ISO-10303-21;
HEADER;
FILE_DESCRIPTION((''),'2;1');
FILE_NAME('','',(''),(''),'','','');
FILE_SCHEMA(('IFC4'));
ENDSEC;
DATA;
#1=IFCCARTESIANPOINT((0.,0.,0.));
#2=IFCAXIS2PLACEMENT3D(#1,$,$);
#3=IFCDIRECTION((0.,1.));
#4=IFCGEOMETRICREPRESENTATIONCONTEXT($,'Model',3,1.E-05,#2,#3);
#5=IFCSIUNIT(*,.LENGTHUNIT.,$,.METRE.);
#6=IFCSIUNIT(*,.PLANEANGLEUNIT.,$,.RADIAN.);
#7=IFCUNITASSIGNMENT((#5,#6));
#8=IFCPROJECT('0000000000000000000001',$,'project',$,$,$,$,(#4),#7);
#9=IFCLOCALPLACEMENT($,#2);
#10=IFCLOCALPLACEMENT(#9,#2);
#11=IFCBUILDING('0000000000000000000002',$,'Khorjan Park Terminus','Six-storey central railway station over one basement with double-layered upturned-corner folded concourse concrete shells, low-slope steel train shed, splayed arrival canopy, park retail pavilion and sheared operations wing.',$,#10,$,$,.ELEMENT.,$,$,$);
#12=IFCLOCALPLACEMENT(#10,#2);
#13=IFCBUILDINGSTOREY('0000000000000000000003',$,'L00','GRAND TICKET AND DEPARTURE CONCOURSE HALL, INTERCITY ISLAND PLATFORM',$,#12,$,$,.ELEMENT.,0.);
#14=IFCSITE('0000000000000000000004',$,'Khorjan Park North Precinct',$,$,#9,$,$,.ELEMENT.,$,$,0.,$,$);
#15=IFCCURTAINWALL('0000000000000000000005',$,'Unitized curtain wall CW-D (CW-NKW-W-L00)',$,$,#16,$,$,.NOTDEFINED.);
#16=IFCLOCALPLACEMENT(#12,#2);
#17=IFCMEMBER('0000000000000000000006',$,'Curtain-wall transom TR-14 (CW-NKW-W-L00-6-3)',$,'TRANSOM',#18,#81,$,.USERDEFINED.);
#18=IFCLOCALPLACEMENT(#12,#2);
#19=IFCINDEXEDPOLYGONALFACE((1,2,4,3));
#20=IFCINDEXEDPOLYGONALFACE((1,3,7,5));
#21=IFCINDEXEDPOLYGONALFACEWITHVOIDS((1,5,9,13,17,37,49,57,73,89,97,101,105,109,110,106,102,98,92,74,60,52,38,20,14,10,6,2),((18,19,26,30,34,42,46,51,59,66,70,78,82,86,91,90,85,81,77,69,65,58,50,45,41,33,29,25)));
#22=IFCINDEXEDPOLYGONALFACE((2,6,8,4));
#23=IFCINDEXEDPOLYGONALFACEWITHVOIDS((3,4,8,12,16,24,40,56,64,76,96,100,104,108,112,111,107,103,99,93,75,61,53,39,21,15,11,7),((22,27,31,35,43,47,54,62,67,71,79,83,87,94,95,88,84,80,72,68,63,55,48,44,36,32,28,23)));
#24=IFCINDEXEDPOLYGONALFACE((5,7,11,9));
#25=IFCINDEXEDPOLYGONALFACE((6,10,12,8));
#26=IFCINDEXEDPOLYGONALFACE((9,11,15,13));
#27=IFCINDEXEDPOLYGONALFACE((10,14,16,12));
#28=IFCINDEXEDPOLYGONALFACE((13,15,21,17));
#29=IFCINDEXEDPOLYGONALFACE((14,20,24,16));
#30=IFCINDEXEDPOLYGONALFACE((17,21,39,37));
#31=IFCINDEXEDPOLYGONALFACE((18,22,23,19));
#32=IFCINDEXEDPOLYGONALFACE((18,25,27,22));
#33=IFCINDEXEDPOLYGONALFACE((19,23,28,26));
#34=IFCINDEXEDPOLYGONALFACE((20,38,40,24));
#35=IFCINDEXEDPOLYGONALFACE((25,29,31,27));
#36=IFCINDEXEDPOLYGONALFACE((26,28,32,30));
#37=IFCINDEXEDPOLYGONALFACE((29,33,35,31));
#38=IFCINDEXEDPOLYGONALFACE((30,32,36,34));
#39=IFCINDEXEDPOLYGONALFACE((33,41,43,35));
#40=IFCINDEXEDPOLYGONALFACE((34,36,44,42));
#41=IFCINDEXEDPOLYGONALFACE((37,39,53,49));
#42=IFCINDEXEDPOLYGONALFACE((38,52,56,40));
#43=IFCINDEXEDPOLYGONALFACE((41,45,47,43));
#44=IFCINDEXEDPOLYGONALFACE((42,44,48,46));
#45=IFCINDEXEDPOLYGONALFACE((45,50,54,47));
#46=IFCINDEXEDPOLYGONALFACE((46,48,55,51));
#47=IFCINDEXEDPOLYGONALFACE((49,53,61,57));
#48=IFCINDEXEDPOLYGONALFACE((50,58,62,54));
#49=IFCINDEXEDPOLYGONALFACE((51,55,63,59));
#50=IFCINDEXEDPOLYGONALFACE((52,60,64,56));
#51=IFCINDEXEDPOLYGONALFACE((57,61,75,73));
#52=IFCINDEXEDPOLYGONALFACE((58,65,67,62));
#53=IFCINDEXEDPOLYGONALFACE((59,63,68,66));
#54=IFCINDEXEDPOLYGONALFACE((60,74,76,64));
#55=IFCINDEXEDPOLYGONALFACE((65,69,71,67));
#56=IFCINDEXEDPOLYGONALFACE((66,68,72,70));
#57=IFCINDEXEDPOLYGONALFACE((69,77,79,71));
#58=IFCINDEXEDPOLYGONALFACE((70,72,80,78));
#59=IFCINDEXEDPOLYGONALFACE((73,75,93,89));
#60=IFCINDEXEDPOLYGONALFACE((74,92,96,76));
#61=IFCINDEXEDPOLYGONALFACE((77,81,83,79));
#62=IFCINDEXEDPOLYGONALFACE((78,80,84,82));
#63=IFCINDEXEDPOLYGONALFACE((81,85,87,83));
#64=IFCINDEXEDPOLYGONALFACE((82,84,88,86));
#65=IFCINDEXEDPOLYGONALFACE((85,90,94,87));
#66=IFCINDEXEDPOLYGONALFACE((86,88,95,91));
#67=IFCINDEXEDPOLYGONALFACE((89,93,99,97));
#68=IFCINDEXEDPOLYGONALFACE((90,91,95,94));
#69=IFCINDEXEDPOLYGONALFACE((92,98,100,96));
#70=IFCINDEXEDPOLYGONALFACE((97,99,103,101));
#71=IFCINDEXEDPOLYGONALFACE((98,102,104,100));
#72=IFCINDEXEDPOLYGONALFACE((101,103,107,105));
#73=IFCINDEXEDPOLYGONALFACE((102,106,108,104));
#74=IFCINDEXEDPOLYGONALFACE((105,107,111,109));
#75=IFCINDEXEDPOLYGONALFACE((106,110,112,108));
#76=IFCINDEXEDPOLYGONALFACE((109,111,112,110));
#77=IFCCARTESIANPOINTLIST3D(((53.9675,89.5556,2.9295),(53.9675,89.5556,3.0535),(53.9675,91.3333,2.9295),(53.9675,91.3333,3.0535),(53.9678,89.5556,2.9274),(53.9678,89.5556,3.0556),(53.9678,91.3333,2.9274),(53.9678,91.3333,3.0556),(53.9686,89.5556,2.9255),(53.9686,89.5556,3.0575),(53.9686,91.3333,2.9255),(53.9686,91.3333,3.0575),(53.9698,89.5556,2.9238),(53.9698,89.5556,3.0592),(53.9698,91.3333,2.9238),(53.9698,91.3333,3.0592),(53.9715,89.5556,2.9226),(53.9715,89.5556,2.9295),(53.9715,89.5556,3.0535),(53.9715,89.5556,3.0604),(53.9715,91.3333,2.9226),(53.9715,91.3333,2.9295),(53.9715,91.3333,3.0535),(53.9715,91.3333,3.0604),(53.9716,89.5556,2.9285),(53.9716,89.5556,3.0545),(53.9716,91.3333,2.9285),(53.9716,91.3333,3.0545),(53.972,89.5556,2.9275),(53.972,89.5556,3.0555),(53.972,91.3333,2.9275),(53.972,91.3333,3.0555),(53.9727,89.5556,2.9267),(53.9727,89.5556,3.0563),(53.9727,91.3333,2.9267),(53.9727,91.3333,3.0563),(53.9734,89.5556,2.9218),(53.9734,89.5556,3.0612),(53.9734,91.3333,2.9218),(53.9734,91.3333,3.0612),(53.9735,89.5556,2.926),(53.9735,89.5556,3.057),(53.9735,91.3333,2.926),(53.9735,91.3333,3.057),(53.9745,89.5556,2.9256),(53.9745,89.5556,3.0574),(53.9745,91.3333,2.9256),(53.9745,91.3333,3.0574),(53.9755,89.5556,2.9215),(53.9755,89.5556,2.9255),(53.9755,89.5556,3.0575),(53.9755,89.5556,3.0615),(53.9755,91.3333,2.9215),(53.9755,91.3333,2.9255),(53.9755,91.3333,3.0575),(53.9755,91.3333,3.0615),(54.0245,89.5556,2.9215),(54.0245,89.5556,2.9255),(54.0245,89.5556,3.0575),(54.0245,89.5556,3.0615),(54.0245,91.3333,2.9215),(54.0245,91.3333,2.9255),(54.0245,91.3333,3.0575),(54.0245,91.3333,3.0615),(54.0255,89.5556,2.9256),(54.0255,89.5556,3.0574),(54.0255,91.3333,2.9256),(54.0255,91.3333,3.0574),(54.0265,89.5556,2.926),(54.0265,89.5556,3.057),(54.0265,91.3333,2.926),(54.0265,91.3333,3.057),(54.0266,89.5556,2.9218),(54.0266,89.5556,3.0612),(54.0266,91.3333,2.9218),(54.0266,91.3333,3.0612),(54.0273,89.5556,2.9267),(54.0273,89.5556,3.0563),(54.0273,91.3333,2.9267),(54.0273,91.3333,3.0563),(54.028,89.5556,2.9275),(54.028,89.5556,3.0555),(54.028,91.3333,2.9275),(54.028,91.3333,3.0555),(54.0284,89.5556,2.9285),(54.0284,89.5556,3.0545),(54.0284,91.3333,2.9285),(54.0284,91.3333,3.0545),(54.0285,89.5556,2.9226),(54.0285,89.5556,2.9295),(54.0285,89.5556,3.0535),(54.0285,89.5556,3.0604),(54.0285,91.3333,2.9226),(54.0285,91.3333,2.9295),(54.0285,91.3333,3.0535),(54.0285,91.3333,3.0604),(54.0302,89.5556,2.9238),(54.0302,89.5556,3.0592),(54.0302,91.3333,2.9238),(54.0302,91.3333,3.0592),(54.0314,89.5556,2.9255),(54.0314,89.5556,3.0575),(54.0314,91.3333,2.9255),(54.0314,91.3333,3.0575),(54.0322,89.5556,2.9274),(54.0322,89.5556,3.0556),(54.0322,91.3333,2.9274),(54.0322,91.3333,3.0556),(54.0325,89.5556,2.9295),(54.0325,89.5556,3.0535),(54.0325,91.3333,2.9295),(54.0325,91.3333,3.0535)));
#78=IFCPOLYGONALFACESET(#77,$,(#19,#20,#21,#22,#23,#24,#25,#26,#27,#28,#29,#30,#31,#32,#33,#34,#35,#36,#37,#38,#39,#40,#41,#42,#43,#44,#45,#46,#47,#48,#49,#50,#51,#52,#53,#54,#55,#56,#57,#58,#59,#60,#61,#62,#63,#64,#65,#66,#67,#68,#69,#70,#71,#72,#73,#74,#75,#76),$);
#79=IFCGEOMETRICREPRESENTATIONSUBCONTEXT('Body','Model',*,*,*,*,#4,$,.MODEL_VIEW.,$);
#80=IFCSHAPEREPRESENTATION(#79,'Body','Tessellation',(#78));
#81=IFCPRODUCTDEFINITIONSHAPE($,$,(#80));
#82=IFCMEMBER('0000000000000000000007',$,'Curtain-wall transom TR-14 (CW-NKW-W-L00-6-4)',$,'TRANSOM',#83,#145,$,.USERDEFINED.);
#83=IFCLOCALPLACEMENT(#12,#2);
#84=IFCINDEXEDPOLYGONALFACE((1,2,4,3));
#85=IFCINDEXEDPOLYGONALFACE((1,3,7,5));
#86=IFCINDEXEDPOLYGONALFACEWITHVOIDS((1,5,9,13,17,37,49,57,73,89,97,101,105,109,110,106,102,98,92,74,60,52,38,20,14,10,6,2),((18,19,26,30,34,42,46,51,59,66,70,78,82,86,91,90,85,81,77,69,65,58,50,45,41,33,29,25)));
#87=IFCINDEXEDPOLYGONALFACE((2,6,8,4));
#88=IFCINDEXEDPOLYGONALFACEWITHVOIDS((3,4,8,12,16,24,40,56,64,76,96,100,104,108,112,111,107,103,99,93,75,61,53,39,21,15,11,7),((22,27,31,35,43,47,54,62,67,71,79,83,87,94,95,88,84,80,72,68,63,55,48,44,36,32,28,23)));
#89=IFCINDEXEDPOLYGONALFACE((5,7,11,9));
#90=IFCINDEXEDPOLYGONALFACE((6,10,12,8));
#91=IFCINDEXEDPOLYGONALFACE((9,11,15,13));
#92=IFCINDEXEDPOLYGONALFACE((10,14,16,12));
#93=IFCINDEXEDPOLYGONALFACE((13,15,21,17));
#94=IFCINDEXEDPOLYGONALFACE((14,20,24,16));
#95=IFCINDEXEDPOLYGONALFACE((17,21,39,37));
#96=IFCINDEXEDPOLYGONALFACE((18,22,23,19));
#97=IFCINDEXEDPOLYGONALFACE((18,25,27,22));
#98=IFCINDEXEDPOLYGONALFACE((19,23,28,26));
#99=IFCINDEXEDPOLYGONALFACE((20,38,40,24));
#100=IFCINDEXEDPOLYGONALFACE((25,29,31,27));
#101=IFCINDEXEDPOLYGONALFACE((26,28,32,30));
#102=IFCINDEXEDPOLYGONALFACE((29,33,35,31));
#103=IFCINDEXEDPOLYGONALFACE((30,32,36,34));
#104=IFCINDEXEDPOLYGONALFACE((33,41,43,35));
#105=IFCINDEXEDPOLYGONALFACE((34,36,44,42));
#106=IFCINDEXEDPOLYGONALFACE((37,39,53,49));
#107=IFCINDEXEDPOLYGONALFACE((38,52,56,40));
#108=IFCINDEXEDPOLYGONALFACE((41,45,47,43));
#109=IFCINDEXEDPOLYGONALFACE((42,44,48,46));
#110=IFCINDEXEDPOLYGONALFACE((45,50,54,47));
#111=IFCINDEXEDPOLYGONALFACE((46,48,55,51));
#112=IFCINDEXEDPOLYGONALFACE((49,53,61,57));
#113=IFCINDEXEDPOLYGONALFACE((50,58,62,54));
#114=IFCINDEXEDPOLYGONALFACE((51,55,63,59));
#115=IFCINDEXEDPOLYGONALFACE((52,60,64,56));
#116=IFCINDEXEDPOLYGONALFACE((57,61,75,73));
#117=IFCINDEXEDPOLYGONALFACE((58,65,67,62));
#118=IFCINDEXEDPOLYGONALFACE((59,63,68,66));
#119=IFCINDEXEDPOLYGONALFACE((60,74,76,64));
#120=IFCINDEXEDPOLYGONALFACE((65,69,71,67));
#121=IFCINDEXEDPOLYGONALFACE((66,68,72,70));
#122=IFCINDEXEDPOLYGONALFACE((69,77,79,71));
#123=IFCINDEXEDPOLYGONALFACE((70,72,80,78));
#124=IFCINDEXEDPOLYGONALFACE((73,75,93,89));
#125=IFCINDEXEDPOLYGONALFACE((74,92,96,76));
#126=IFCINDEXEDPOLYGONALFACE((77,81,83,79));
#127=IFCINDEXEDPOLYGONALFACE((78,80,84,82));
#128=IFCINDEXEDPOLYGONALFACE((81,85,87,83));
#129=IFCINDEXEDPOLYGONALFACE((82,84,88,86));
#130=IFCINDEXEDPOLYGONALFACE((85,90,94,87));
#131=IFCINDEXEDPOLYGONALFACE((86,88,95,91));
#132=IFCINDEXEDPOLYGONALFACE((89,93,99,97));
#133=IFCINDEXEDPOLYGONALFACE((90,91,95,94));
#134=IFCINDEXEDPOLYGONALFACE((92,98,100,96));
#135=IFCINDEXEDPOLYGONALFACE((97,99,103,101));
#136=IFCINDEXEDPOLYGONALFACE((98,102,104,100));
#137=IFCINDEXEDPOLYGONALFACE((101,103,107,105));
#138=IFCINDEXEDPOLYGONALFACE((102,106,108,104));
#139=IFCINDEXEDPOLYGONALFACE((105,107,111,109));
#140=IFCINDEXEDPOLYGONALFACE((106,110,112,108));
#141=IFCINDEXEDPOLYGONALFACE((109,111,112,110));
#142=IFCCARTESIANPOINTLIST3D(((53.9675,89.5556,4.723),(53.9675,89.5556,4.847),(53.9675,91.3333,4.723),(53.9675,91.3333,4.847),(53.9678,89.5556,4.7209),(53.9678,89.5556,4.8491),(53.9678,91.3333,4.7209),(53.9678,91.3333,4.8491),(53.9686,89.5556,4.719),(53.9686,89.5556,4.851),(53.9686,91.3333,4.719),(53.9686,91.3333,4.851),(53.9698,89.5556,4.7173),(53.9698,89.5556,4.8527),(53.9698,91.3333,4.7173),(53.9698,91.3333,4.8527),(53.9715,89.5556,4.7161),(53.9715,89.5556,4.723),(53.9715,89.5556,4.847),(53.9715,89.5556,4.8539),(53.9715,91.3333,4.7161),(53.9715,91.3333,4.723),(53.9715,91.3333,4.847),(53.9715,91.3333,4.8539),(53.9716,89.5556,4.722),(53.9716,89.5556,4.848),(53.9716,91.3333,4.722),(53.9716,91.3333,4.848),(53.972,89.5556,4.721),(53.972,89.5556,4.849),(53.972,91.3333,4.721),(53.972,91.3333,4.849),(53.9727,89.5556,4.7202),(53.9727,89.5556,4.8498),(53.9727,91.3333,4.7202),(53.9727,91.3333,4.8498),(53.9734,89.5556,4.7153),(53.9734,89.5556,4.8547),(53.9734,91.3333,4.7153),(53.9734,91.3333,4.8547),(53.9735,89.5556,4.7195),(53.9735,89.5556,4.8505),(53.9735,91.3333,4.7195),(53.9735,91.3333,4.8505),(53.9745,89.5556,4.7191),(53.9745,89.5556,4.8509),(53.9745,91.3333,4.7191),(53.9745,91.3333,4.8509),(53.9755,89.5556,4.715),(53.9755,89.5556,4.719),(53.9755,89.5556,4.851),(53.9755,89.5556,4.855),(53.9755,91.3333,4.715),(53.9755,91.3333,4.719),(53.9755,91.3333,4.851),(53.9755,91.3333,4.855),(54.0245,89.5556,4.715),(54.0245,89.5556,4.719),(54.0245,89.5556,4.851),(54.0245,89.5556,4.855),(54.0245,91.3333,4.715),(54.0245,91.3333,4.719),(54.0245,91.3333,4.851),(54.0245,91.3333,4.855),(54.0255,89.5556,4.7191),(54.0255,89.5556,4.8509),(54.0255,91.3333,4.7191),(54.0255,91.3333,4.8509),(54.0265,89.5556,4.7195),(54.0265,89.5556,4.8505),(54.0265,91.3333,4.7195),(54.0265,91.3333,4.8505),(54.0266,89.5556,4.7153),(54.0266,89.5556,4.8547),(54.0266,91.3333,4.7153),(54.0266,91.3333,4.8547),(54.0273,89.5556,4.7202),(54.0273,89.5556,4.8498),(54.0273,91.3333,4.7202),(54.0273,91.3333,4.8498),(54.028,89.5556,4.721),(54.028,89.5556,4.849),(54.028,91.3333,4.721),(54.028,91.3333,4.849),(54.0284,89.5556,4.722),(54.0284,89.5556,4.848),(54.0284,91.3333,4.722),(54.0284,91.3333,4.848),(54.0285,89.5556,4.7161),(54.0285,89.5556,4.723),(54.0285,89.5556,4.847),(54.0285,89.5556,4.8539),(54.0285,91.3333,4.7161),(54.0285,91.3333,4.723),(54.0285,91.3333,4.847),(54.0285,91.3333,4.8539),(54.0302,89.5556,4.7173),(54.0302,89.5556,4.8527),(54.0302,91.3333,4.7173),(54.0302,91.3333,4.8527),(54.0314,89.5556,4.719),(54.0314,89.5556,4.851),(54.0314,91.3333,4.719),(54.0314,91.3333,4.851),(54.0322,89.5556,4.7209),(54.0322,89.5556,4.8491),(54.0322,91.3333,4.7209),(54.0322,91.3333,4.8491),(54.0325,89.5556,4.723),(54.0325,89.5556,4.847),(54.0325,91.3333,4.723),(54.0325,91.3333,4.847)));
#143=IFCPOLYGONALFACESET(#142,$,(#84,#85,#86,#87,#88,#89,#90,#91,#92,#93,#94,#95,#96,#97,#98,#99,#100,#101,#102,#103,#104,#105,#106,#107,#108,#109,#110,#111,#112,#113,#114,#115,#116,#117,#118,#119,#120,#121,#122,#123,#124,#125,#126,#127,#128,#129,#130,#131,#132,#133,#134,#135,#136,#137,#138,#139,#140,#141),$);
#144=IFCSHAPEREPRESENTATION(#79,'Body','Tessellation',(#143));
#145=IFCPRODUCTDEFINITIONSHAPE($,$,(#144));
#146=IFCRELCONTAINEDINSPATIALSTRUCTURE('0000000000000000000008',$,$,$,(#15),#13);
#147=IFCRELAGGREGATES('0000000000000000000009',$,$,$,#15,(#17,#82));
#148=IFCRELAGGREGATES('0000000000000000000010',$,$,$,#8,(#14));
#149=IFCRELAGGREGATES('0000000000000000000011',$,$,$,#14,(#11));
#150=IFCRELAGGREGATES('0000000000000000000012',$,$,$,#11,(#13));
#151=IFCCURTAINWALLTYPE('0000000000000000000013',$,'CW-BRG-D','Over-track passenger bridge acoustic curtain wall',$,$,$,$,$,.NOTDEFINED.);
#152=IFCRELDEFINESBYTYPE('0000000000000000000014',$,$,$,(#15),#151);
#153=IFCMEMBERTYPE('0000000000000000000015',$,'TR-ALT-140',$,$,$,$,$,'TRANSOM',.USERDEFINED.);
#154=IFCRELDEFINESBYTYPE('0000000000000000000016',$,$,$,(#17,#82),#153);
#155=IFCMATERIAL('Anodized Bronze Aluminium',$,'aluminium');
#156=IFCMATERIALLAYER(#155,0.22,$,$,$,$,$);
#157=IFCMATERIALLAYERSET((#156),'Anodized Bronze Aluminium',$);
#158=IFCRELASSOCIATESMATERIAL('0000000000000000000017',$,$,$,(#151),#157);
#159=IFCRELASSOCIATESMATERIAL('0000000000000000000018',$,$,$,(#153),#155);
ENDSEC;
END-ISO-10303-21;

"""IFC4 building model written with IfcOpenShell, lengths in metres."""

from ifc_helpers import new_model, si_unit, direction, frame, origin, origin_2d, place, context, subcontext, project, spatial, hollow_rectangle, extrude, material, layer, layer_set, material_profile, profile_set, type_object, element, aggregate, save


model = new_model("IFC4")

# Units and contexts
model_context = context("Model", 3, precision=1e-05, world=origin(), true_north=direction((0.0, 1.0)))
body_context = subcontext(model_context, "Body", "Model", "MODEL_VIEW")
ifc_project = project(units=[si_unit("LENGTHUNIT", "METRE"), si_unit("PLANEANGLEUNIT", "RADIAN")], contexts=[model_context])

# Site, building, storey
site_placement = place(None, origin())
site = spatial("IfcSite", under=ifc_project, at=site_placement, Name="Khorjan Park North Precinct", CompositionType="ELEMENT", RefElevation=0.0)
building_placement = place(site_placement, origin())
building = spatial("IfcBuilding", under=site, at=building_placement, Name="Khorjan Park Terminus", Description="Six-storey central railway station over one basement with double-layered upturned-corner folded concourse concrete shells, low-slope steel train shed, splayed arrival canopy, park retail pavilion and sheared operations wing.", CompositionType="ELEMENT")
storey_placement = place(building_placement, origin())
storey = spatial("IfcBuildingStorey", under=building, at=storey_placement, Name="L00", Description="GRAND TICKET AND DEPARTURE CONCOURSE HALL, INTERCITY ISLAND PLATFORM", CompositionType="ELEMENT", Elevation=0.0)

# Curtain wall, members
ifc_material_1 = material(Name="Anodized Bronze Aluminium", Category="aluminium")
ifc_layer_1 = layer(ifc_material_1, 0.22)
ifc_layer_set_1 = layer_set([ifc_layer_1], Name="Anodized Bronze Aluminium")
curtain_wall_type = type_object("IfcCurtainWallType", Name="CW-BRG-D", Description="Over-track passenger bridge acoustic curtain wall", PredefinedType="NOTDEFINED", material=ifc_layer_set_1)
curtain_wall_placement = place(storey_placement, origin())
curtain_wall = element("IfcCurtainWall", 1, at=curtain_wall_placement, inside=storey, type_object=curtain_wall_type, Name="Unitized curtain wall CW-D (CW-NKW-W-L00)", PredefinedType="NOTDEFINED")
ifc_material_profile_1 = material_profile(ifc_material_1, hollow_rectangle(XDim=0.065, YDim=0.14, WallThickness=0.004, InnerFilletRadius=0.004, OuterFilletRadius=0.008, at=origin_2d()), Name="ALT 65x140x4")
ifc_profile_set_1 = profile_set([ifc_material_profile_1], Name="Anodized Bronze Aluminium")
member_type_1 = type_object("IfcMemberType", Name="TR-ALT-140", ElementType="TRANSOM", PredefinedType="USERDEFINED", material=ifc_profile_set_1)
member_1_placement = place(storey_placement, frame((54.0, 91.3333, 2.9915), z_axis=(0.0, -1.0, 0.0), x_axis=(1.0, 0.0, 0.0)))
member_1 = element("IfcMember", 2, at=member_1_placement, type_object=member_type_1, Name="Curtain-wall transom TR-14 (CW-NKW-W-L00-6-3)", ObjectType="TRANSOM", PredefinedType="USERDEFINED", context=body_context, shape_type="SweptSolid", body=[
    extrude(hollow_rectangle(XDim=0.065, YDim=0.14, WallThickness=0.004, InnerFilletRadius=0.004, OuterFilletRadius=0.008, at=origin_2d()), origin(), (0.0, 0.0, 1.0), 1.7777),
])
member_2_placement = place(storey_placement, frame((54.0, 91.3333, 4.785), z_axis=(0.0, -1.0, 0.0), x_axis=(1.0, 0.0, 0.0)))
member_2 = element("IfcMember", 3, at=member_2_placement, type_object=member_type_1, Name="Curtain-wall transom TR-14 (CW-NKW-W-L00-6-4)", ObjectType="TRANSOM", PredefinedType="USERDEFINED", context=body_context, shape_type="SweptSolid", body=[
    extrude(hollow_rectangle(XDim=0.065, YDim=0.14, WallThickness=0.004, InnerFilletRadius=0.004, OuterFilletRadius=0.008, at=origin_2d()), origin(), (0.0, 0.0, 1.0), 1.7777),
])
aggregate(curtain_wall, [member_1, member_2])

save(model, "model.ifc")
